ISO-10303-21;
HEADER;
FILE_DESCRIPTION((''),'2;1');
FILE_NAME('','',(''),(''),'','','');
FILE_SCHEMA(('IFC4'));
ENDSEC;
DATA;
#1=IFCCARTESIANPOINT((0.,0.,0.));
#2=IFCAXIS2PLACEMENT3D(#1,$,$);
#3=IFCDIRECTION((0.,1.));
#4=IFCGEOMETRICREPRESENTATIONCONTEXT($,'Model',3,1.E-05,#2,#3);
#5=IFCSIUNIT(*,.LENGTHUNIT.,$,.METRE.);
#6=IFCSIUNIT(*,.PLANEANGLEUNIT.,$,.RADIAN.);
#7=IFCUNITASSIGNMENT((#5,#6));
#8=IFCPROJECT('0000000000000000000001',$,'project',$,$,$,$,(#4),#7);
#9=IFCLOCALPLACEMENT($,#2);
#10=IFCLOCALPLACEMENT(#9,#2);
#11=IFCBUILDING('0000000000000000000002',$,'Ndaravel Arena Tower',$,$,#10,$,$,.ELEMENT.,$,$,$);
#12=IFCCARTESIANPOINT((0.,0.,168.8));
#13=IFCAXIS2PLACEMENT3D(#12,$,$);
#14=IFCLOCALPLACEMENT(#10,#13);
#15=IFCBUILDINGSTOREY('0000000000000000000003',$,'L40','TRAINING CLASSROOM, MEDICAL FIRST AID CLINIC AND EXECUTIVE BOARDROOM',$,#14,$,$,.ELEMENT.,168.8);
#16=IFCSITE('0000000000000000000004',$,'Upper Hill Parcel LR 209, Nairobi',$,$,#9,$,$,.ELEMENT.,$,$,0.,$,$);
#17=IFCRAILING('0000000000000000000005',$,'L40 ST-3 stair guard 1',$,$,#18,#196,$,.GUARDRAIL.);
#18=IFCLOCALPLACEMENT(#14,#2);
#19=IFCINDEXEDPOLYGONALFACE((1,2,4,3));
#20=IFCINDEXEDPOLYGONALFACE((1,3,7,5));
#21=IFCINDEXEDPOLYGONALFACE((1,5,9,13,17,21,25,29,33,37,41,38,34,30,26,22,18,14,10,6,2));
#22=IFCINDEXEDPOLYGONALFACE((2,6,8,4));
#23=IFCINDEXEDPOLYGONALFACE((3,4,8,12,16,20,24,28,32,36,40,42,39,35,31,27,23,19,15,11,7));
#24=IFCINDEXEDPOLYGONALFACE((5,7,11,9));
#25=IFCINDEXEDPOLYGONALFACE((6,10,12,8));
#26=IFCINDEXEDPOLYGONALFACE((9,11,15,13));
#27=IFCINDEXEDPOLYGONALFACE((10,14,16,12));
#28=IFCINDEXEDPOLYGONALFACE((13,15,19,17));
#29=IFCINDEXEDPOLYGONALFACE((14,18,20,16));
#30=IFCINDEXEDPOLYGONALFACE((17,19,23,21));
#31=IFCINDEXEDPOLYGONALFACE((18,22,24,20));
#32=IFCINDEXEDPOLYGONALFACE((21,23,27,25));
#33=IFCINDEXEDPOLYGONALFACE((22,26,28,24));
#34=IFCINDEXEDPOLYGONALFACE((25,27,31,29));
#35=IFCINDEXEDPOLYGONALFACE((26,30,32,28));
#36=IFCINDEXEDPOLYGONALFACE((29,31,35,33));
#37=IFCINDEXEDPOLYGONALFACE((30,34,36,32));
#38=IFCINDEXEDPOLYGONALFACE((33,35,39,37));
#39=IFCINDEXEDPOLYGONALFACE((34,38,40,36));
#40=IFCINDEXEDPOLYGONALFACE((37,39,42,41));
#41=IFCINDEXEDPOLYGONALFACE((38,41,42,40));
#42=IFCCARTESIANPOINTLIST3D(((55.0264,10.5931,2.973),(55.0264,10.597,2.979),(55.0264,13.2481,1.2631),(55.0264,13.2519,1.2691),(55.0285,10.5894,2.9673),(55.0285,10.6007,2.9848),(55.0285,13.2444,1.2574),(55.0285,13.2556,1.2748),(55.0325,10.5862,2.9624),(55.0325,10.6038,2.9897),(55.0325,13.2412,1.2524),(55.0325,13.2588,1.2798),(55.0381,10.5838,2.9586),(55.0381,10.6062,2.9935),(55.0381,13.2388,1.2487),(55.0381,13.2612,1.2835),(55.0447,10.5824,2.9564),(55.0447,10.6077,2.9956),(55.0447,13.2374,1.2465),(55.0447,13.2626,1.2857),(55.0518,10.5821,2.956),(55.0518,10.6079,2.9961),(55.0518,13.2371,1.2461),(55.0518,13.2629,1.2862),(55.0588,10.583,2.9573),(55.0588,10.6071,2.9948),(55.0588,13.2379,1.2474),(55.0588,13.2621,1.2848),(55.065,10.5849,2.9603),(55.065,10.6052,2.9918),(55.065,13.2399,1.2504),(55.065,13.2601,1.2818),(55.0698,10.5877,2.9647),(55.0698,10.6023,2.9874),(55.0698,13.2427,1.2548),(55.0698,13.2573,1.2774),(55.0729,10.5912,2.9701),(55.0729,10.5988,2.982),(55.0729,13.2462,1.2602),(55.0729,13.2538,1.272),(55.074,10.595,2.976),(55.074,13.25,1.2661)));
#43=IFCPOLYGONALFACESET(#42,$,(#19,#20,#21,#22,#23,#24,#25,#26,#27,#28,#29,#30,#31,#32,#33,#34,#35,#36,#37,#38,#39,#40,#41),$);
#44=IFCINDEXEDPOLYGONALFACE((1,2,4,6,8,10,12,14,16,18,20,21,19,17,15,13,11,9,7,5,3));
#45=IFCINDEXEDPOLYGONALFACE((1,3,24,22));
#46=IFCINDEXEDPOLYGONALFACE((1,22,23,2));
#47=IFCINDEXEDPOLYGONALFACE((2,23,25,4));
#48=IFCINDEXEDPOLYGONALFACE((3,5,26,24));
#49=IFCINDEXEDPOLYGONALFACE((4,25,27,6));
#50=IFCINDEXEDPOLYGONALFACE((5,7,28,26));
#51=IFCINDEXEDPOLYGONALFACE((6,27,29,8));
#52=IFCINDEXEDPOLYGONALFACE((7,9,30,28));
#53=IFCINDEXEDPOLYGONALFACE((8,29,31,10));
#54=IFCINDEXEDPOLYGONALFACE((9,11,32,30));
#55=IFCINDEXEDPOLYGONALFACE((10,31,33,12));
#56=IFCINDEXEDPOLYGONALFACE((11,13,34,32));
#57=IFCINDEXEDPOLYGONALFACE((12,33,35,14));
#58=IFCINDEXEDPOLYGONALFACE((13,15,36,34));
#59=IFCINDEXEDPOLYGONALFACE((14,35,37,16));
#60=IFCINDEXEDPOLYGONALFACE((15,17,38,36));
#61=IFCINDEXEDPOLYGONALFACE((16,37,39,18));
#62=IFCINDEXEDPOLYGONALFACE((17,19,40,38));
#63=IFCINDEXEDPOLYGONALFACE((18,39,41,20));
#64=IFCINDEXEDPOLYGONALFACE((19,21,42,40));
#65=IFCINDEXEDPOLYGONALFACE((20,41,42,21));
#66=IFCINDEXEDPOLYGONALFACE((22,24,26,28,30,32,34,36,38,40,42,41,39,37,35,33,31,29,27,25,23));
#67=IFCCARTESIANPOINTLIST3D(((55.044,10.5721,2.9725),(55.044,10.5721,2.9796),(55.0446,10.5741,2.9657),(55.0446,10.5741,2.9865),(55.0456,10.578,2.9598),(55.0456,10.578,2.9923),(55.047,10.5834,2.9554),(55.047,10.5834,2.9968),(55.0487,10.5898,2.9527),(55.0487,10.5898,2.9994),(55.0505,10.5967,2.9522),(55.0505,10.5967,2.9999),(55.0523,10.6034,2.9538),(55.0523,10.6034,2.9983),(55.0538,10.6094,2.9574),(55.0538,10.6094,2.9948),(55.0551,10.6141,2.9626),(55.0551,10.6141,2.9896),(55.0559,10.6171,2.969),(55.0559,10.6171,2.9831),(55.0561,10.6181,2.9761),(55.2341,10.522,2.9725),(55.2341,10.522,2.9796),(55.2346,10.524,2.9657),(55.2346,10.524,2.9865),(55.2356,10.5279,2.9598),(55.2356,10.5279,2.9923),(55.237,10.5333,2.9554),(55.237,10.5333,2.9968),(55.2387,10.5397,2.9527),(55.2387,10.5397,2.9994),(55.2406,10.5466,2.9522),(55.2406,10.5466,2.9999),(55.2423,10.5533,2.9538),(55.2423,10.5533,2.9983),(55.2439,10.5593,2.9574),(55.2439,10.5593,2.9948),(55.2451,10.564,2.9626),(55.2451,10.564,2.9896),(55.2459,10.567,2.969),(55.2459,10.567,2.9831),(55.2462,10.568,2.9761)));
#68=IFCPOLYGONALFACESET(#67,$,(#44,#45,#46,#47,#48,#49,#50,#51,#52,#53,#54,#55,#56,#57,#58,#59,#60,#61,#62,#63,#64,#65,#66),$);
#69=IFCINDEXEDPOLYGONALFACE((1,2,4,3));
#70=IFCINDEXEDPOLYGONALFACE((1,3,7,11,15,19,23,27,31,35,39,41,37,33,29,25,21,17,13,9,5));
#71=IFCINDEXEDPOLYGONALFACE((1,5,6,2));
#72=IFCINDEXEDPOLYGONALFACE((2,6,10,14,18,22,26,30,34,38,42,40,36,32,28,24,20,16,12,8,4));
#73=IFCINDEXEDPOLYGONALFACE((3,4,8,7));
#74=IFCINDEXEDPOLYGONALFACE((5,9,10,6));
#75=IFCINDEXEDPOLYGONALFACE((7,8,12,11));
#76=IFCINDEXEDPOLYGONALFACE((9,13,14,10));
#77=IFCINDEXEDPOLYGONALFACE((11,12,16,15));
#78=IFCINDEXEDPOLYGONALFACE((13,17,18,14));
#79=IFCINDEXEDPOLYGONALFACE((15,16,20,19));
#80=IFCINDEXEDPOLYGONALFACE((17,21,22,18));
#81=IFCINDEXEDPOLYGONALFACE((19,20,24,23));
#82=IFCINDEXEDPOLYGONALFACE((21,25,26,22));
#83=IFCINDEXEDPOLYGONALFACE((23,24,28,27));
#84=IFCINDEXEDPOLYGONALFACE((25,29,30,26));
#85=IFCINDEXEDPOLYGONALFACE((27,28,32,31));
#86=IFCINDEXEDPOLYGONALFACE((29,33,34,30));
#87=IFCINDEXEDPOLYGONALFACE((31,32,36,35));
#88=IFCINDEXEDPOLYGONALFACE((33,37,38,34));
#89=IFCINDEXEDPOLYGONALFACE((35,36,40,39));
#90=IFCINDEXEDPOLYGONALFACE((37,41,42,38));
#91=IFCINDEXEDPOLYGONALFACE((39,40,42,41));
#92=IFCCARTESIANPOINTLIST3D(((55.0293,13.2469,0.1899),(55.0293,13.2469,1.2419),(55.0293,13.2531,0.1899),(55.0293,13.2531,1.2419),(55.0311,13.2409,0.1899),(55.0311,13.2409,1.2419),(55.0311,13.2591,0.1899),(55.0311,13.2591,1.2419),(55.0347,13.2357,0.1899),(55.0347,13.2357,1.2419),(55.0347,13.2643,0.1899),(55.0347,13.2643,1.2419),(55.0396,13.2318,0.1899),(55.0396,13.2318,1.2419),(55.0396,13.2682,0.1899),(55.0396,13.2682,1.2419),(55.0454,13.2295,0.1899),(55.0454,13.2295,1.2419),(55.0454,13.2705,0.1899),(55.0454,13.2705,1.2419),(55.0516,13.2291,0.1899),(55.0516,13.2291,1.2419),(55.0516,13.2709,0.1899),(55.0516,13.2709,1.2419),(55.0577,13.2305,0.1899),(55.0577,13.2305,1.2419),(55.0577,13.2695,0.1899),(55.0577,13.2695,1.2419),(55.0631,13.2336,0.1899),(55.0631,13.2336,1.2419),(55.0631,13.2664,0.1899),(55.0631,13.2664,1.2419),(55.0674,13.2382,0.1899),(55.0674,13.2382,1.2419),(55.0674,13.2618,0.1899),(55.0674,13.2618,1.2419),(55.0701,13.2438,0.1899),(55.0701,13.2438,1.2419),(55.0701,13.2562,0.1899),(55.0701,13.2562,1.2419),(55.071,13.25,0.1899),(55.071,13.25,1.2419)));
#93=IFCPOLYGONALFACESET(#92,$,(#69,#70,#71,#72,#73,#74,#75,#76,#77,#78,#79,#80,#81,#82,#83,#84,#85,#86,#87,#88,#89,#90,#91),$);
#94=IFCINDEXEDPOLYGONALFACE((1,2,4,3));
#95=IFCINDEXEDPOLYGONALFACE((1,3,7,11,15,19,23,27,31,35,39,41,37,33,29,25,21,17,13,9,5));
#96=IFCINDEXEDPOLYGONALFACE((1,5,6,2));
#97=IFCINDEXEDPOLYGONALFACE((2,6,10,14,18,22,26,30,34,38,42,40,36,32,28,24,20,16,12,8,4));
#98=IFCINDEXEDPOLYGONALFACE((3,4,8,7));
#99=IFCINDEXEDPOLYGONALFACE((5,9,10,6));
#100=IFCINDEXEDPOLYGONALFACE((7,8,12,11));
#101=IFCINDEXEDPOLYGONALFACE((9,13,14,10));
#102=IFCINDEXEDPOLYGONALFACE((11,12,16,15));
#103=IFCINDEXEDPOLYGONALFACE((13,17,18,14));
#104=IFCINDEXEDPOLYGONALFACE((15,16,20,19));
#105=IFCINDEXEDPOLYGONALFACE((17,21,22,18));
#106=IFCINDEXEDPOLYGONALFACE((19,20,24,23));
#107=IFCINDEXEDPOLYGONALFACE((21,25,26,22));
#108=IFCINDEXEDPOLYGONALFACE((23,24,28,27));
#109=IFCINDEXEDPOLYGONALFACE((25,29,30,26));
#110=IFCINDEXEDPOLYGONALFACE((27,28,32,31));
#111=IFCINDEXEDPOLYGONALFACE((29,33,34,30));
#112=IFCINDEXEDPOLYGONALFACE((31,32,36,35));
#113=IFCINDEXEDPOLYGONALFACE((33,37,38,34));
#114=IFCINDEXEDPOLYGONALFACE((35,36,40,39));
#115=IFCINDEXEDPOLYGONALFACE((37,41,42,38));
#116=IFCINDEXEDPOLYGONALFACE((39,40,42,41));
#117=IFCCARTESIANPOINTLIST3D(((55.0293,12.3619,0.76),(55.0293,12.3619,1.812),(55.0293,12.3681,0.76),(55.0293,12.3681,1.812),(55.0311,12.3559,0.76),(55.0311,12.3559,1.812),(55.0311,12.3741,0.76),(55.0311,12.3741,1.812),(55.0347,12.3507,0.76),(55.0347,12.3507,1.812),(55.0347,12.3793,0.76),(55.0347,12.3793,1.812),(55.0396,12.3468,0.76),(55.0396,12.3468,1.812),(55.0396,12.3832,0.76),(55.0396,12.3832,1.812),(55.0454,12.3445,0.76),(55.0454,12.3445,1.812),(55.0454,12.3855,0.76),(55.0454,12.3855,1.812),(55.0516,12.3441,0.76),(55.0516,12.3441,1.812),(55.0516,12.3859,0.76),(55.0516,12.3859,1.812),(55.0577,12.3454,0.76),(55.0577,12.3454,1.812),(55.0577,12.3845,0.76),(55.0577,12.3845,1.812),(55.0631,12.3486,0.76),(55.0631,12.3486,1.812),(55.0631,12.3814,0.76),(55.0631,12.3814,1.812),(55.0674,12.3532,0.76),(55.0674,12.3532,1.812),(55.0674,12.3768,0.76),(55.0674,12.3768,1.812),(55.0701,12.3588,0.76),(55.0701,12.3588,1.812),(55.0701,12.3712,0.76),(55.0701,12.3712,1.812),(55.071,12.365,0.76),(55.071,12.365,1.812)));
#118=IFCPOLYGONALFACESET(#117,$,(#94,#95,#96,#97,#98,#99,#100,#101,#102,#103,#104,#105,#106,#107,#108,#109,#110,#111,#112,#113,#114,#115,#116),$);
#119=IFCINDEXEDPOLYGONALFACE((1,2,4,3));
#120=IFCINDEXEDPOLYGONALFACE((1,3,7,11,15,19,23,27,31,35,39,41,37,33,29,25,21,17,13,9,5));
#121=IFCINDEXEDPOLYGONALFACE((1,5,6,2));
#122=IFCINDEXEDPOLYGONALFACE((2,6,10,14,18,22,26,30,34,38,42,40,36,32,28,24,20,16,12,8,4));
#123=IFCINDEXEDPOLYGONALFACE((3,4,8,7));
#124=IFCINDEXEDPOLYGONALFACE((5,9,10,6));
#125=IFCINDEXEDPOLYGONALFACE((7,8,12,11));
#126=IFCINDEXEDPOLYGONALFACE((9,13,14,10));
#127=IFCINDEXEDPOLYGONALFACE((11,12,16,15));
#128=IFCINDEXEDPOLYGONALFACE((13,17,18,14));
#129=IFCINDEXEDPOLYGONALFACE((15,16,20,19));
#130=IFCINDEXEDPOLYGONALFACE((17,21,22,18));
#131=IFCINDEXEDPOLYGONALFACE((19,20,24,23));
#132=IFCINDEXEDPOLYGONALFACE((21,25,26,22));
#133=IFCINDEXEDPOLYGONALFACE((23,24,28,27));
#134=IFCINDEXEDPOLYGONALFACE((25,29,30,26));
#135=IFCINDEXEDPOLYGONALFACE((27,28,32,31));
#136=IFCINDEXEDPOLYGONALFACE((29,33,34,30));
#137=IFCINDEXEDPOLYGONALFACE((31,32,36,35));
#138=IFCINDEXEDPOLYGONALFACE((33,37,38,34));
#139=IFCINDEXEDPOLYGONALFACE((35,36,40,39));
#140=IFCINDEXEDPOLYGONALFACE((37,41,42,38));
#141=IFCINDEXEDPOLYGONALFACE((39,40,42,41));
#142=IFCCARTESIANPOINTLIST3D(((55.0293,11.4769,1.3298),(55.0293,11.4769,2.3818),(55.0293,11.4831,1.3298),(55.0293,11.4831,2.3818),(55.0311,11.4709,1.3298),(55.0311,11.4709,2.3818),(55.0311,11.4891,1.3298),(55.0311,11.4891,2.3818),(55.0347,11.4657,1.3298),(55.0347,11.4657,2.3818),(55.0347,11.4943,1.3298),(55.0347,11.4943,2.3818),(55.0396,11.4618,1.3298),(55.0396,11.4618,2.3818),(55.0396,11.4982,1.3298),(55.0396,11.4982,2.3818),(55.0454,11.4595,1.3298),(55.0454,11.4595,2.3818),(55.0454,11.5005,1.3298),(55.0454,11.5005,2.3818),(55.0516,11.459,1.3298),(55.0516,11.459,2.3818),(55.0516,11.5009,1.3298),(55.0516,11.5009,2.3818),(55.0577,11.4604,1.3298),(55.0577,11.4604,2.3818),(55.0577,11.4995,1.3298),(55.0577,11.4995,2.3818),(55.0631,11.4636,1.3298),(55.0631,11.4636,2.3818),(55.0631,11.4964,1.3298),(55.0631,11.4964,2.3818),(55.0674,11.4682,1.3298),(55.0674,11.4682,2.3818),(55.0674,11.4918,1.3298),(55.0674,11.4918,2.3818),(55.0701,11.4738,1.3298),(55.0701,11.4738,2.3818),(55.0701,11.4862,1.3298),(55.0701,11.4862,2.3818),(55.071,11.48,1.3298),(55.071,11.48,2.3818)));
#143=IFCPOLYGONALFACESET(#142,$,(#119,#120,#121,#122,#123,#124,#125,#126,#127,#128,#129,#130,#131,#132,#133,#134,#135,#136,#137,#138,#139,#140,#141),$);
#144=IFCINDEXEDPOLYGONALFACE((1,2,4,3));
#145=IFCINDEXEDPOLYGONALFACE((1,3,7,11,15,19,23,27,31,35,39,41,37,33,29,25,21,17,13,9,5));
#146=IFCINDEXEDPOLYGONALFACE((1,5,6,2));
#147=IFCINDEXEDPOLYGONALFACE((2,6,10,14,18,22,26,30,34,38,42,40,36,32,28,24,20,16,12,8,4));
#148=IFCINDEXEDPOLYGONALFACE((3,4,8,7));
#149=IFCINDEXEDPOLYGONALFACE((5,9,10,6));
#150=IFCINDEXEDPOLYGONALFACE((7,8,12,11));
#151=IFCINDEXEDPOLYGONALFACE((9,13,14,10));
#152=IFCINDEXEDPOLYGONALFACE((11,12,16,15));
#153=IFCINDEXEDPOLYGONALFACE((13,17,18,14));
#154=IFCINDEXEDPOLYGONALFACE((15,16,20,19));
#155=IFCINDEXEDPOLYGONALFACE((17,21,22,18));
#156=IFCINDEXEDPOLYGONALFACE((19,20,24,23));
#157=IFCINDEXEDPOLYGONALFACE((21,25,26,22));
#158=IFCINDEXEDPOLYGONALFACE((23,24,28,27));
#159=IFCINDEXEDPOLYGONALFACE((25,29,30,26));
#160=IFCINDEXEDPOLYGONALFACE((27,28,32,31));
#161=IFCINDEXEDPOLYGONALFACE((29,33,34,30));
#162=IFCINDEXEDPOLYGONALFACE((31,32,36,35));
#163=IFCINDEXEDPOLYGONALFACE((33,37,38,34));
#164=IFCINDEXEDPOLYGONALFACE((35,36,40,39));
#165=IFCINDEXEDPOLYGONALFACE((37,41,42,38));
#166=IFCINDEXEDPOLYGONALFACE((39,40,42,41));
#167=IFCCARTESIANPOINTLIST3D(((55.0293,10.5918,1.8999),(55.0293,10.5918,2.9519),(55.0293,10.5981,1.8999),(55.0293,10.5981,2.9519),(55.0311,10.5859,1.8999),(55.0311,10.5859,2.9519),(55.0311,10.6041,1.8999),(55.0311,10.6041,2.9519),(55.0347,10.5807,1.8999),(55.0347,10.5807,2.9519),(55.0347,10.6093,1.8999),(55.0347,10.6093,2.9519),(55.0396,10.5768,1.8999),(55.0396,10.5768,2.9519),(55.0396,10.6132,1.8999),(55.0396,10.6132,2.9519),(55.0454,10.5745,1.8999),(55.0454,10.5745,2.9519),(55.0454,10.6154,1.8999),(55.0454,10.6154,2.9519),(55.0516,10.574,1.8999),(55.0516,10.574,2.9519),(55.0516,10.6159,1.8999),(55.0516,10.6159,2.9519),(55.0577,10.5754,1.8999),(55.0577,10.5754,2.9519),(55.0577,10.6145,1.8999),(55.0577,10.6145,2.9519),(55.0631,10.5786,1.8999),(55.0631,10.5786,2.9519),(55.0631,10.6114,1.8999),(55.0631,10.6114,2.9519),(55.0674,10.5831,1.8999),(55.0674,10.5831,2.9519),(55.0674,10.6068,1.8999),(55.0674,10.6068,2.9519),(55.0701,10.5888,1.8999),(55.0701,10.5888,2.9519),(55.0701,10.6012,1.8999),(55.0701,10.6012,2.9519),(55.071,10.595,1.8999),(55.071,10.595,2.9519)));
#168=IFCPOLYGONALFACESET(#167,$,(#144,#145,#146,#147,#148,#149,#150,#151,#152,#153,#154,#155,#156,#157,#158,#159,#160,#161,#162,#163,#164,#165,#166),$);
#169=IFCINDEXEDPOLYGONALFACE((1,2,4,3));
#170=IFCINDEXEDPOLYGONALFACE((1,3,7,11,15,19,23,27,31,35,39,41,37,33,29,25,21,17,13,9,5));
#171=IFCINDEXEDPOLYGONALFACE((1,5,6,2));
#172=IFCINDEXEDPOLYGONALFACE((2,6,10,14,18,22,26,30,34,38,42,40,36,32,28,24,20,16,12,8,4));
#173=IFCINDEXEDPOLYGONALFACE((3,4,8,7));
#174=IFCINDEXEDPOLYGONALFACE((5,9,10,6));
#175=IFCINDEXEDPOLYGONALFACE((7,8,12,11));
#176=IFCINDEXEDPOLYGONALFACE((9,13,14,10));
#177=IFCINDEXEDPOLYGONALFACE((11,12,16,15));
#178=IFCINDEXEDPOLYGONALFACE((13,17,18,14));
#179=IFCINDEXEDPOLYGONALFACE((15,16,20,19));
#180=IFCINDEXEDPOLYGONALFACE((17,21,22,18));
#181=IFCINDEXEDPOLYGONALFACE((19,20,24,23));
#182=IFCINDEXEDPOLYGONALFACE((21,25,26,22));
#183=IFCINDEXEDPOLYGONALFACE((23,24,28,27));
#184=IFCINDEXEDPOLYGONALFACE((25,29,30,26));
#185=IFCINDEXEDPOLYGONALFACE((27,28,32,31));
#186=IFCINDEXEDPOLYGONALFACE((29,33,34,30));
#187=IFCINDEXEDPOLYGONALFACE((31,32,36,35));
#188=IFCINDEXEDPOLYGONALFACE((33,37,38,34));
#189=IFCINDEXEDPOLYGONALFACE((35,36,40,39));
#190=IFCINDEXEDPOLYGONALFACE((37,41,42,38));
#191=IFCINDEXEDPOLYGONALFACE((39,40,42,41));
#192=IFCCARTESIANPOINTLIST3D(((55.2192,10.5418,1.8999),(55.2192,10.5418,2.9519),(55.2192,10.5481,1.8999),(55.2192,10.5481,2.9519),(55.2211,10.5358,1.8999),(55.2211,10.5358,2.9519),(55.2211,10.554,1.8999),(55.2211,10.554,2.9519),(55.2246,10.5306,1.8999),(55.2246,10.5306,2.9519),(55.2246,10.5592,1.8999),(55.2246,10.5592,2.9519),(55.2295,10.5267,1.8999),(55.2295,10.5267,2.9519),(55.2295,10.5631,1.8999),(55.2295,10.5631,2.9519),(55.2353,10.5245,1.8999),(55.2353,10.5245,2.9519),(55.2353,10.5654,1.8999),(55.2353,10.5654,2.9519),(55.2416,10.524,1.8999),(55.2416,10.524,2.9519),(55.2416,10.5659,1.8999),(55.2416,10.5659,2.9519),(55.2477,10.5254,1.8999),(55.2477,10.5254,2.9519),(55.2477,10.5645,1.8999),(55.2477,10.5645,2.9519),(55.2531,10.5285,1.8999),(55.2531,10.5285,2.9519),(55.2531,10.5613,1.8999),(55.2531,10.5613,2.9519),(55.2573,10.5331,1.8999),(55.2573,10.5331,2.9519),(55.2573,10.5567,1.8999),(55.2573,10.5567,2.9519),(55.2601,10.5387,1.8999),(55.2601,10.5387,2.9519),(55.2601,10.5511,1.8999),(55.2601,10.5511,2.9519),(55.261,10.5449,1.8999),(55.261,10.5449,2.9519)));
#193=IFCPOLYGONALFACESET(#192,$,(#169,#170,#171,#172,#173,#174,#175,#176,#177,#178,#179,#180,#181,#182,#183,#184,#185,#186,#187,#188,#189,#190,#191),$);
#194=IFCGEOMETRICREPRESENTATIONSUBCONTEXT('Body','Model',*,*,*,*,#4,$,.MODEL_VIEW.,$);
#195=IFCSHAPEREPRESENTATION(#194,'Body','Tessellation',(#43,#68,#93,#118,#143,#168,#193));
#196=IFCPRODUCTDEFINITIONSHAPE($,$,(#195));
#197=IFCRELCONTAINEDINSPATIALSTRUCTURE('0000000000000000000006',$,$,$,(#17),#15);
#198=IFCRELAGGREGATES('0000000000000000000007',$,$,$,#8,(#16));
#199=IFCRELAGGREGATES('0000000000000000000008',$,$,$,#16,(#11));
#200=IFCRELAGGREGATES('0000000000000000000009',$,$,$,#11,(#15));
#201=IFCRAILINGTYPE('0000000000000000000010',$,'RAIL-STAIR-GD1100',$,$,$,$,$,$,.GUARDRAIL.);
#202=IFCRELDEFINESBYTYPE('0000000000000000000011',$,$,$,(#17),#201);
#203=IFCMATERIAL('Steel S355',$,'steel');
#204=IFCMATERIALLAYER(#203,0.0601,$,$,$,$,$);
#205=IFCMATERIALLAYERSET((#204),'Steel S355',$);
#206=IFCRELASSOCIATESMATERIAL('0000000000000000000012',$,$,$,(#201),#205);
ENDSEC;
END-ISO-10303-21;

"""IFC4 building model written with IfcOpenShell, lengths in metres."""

from ifc_helpers import new_model, si_unit, direction, frame, origin, origin_2d, place, context, subcontext, project, spatial, circle, extrude, material, layer, layer_set, type_object, element, save


model = new_model("IFC4")

# Units and contexts
model_context = context("Model", 3, precision=1e-05, world=origin(), true_north=direction((0.0, 1.0)))
body_context = subcontext(model_context, "Body", "Model", "MODEL_VIEW")
ifc_project = project(units=[si_unit("LENGTHUNIT", "METRE"), si_unit("PLANEANGLEUNIT", "RADIAN")], contexts=[model_context])

# Site, building, storey
site_placement = place(None, origin())
site = spatial("IfcSite", under=ifc_project, at=site_placement, Name="Upper Hill Parcel LR 209, Nairobi", CompositionType="ELEMENT", RefElevation=0.0)
building_placement = place(site_placement, origin())
building = spatial("IfcBuilding", under=site, at=building_placement, Name="Ndaravel Arena Tower", CompositionType="ELEMENT")
storey_placement = place(building_placement, frame((0.0, 0.0, 168.8)))
storey = spatial("IfcBuildingStorey", under=building, at=storey_placement, Name="L40", Description="TRAINING CLASSROOM, MEDICAL FIRST AID CLINIC AND EXECUTIVE BOARDROOM", CompositionType="ELEMENT", Elevation=168.8)

# Railing
ifc_material_1 = material(Name="Steel S355", Category="steel")
ifc_layer_1 = layer(ifc_material_1, 0.0601)
ifc_layer_set_1 = layer_set([ifc_layer_1], Name="Steel S355")
railing_type_1 = type_object("IfcRailingType", Name="RAIL-STAIR-GD1100", PredefinedType="GUARDRAIL", material=ifc_layer_set_1)
railing_1_placement = place(storey_placement, frame((55.05, 13.25, 0.1899)))
element("IfcRailing", 1, at=railing_1_placement, inside=storey, type_object=railing_type_1, Name="L40 ST-3 stair guard 1", PredefinedType="GUARDRAIL", context=body_context, shape_type="SweptSolid", body=[
    extrude(circle(Radius=0.0239, at=origin_2d()), frame((0.0, 0.0, 1.0762), z_axis=(0.0, -0.840724, 0.541465), x_axis=(1.0, 0.0, 0.0)), (0.0, 0.0, 1.0), 3.158),
    extrude(circle(Radius=0.0239, at=origin_2d()), frame((0.0, -2.655, 2.7861), z_axis=(0.966994, -0.254799, 0.0), x_axis=(0.254799, 0.966994, 0.0)), (0.0, 0.0, 1.0), 0.1965),
    extrude(circle(Radius=0.021, at=origin_2d()), origin(), (0.0, 0.0, 1.0), 1.052),
    extrude(circle(Radius=0.021, at=origin_2d()), frame((0.0, -0.885, 0.5701)), (0.0, 0.0, 1.0), 1.052),
    extrude(circle(Radius=0.021, at=origin_2d()), frame((0.0, -1.77, 1.1399)), (0.0, 0.0, 1.0), 1.052),
    extrude(circle(Radius=0.021, at=origin_2d()), frame((0.0, -2.655, 1.71)), (0.0, 0.0, 1.0), 1.052),
    extrude(circle(Radius=0.021, at=origin_2d()), frame((0.1899, -2.7051, 1.71)), (0.0, 0.0, 1.0), 1.052),
])

save(model, "model.ifc")
